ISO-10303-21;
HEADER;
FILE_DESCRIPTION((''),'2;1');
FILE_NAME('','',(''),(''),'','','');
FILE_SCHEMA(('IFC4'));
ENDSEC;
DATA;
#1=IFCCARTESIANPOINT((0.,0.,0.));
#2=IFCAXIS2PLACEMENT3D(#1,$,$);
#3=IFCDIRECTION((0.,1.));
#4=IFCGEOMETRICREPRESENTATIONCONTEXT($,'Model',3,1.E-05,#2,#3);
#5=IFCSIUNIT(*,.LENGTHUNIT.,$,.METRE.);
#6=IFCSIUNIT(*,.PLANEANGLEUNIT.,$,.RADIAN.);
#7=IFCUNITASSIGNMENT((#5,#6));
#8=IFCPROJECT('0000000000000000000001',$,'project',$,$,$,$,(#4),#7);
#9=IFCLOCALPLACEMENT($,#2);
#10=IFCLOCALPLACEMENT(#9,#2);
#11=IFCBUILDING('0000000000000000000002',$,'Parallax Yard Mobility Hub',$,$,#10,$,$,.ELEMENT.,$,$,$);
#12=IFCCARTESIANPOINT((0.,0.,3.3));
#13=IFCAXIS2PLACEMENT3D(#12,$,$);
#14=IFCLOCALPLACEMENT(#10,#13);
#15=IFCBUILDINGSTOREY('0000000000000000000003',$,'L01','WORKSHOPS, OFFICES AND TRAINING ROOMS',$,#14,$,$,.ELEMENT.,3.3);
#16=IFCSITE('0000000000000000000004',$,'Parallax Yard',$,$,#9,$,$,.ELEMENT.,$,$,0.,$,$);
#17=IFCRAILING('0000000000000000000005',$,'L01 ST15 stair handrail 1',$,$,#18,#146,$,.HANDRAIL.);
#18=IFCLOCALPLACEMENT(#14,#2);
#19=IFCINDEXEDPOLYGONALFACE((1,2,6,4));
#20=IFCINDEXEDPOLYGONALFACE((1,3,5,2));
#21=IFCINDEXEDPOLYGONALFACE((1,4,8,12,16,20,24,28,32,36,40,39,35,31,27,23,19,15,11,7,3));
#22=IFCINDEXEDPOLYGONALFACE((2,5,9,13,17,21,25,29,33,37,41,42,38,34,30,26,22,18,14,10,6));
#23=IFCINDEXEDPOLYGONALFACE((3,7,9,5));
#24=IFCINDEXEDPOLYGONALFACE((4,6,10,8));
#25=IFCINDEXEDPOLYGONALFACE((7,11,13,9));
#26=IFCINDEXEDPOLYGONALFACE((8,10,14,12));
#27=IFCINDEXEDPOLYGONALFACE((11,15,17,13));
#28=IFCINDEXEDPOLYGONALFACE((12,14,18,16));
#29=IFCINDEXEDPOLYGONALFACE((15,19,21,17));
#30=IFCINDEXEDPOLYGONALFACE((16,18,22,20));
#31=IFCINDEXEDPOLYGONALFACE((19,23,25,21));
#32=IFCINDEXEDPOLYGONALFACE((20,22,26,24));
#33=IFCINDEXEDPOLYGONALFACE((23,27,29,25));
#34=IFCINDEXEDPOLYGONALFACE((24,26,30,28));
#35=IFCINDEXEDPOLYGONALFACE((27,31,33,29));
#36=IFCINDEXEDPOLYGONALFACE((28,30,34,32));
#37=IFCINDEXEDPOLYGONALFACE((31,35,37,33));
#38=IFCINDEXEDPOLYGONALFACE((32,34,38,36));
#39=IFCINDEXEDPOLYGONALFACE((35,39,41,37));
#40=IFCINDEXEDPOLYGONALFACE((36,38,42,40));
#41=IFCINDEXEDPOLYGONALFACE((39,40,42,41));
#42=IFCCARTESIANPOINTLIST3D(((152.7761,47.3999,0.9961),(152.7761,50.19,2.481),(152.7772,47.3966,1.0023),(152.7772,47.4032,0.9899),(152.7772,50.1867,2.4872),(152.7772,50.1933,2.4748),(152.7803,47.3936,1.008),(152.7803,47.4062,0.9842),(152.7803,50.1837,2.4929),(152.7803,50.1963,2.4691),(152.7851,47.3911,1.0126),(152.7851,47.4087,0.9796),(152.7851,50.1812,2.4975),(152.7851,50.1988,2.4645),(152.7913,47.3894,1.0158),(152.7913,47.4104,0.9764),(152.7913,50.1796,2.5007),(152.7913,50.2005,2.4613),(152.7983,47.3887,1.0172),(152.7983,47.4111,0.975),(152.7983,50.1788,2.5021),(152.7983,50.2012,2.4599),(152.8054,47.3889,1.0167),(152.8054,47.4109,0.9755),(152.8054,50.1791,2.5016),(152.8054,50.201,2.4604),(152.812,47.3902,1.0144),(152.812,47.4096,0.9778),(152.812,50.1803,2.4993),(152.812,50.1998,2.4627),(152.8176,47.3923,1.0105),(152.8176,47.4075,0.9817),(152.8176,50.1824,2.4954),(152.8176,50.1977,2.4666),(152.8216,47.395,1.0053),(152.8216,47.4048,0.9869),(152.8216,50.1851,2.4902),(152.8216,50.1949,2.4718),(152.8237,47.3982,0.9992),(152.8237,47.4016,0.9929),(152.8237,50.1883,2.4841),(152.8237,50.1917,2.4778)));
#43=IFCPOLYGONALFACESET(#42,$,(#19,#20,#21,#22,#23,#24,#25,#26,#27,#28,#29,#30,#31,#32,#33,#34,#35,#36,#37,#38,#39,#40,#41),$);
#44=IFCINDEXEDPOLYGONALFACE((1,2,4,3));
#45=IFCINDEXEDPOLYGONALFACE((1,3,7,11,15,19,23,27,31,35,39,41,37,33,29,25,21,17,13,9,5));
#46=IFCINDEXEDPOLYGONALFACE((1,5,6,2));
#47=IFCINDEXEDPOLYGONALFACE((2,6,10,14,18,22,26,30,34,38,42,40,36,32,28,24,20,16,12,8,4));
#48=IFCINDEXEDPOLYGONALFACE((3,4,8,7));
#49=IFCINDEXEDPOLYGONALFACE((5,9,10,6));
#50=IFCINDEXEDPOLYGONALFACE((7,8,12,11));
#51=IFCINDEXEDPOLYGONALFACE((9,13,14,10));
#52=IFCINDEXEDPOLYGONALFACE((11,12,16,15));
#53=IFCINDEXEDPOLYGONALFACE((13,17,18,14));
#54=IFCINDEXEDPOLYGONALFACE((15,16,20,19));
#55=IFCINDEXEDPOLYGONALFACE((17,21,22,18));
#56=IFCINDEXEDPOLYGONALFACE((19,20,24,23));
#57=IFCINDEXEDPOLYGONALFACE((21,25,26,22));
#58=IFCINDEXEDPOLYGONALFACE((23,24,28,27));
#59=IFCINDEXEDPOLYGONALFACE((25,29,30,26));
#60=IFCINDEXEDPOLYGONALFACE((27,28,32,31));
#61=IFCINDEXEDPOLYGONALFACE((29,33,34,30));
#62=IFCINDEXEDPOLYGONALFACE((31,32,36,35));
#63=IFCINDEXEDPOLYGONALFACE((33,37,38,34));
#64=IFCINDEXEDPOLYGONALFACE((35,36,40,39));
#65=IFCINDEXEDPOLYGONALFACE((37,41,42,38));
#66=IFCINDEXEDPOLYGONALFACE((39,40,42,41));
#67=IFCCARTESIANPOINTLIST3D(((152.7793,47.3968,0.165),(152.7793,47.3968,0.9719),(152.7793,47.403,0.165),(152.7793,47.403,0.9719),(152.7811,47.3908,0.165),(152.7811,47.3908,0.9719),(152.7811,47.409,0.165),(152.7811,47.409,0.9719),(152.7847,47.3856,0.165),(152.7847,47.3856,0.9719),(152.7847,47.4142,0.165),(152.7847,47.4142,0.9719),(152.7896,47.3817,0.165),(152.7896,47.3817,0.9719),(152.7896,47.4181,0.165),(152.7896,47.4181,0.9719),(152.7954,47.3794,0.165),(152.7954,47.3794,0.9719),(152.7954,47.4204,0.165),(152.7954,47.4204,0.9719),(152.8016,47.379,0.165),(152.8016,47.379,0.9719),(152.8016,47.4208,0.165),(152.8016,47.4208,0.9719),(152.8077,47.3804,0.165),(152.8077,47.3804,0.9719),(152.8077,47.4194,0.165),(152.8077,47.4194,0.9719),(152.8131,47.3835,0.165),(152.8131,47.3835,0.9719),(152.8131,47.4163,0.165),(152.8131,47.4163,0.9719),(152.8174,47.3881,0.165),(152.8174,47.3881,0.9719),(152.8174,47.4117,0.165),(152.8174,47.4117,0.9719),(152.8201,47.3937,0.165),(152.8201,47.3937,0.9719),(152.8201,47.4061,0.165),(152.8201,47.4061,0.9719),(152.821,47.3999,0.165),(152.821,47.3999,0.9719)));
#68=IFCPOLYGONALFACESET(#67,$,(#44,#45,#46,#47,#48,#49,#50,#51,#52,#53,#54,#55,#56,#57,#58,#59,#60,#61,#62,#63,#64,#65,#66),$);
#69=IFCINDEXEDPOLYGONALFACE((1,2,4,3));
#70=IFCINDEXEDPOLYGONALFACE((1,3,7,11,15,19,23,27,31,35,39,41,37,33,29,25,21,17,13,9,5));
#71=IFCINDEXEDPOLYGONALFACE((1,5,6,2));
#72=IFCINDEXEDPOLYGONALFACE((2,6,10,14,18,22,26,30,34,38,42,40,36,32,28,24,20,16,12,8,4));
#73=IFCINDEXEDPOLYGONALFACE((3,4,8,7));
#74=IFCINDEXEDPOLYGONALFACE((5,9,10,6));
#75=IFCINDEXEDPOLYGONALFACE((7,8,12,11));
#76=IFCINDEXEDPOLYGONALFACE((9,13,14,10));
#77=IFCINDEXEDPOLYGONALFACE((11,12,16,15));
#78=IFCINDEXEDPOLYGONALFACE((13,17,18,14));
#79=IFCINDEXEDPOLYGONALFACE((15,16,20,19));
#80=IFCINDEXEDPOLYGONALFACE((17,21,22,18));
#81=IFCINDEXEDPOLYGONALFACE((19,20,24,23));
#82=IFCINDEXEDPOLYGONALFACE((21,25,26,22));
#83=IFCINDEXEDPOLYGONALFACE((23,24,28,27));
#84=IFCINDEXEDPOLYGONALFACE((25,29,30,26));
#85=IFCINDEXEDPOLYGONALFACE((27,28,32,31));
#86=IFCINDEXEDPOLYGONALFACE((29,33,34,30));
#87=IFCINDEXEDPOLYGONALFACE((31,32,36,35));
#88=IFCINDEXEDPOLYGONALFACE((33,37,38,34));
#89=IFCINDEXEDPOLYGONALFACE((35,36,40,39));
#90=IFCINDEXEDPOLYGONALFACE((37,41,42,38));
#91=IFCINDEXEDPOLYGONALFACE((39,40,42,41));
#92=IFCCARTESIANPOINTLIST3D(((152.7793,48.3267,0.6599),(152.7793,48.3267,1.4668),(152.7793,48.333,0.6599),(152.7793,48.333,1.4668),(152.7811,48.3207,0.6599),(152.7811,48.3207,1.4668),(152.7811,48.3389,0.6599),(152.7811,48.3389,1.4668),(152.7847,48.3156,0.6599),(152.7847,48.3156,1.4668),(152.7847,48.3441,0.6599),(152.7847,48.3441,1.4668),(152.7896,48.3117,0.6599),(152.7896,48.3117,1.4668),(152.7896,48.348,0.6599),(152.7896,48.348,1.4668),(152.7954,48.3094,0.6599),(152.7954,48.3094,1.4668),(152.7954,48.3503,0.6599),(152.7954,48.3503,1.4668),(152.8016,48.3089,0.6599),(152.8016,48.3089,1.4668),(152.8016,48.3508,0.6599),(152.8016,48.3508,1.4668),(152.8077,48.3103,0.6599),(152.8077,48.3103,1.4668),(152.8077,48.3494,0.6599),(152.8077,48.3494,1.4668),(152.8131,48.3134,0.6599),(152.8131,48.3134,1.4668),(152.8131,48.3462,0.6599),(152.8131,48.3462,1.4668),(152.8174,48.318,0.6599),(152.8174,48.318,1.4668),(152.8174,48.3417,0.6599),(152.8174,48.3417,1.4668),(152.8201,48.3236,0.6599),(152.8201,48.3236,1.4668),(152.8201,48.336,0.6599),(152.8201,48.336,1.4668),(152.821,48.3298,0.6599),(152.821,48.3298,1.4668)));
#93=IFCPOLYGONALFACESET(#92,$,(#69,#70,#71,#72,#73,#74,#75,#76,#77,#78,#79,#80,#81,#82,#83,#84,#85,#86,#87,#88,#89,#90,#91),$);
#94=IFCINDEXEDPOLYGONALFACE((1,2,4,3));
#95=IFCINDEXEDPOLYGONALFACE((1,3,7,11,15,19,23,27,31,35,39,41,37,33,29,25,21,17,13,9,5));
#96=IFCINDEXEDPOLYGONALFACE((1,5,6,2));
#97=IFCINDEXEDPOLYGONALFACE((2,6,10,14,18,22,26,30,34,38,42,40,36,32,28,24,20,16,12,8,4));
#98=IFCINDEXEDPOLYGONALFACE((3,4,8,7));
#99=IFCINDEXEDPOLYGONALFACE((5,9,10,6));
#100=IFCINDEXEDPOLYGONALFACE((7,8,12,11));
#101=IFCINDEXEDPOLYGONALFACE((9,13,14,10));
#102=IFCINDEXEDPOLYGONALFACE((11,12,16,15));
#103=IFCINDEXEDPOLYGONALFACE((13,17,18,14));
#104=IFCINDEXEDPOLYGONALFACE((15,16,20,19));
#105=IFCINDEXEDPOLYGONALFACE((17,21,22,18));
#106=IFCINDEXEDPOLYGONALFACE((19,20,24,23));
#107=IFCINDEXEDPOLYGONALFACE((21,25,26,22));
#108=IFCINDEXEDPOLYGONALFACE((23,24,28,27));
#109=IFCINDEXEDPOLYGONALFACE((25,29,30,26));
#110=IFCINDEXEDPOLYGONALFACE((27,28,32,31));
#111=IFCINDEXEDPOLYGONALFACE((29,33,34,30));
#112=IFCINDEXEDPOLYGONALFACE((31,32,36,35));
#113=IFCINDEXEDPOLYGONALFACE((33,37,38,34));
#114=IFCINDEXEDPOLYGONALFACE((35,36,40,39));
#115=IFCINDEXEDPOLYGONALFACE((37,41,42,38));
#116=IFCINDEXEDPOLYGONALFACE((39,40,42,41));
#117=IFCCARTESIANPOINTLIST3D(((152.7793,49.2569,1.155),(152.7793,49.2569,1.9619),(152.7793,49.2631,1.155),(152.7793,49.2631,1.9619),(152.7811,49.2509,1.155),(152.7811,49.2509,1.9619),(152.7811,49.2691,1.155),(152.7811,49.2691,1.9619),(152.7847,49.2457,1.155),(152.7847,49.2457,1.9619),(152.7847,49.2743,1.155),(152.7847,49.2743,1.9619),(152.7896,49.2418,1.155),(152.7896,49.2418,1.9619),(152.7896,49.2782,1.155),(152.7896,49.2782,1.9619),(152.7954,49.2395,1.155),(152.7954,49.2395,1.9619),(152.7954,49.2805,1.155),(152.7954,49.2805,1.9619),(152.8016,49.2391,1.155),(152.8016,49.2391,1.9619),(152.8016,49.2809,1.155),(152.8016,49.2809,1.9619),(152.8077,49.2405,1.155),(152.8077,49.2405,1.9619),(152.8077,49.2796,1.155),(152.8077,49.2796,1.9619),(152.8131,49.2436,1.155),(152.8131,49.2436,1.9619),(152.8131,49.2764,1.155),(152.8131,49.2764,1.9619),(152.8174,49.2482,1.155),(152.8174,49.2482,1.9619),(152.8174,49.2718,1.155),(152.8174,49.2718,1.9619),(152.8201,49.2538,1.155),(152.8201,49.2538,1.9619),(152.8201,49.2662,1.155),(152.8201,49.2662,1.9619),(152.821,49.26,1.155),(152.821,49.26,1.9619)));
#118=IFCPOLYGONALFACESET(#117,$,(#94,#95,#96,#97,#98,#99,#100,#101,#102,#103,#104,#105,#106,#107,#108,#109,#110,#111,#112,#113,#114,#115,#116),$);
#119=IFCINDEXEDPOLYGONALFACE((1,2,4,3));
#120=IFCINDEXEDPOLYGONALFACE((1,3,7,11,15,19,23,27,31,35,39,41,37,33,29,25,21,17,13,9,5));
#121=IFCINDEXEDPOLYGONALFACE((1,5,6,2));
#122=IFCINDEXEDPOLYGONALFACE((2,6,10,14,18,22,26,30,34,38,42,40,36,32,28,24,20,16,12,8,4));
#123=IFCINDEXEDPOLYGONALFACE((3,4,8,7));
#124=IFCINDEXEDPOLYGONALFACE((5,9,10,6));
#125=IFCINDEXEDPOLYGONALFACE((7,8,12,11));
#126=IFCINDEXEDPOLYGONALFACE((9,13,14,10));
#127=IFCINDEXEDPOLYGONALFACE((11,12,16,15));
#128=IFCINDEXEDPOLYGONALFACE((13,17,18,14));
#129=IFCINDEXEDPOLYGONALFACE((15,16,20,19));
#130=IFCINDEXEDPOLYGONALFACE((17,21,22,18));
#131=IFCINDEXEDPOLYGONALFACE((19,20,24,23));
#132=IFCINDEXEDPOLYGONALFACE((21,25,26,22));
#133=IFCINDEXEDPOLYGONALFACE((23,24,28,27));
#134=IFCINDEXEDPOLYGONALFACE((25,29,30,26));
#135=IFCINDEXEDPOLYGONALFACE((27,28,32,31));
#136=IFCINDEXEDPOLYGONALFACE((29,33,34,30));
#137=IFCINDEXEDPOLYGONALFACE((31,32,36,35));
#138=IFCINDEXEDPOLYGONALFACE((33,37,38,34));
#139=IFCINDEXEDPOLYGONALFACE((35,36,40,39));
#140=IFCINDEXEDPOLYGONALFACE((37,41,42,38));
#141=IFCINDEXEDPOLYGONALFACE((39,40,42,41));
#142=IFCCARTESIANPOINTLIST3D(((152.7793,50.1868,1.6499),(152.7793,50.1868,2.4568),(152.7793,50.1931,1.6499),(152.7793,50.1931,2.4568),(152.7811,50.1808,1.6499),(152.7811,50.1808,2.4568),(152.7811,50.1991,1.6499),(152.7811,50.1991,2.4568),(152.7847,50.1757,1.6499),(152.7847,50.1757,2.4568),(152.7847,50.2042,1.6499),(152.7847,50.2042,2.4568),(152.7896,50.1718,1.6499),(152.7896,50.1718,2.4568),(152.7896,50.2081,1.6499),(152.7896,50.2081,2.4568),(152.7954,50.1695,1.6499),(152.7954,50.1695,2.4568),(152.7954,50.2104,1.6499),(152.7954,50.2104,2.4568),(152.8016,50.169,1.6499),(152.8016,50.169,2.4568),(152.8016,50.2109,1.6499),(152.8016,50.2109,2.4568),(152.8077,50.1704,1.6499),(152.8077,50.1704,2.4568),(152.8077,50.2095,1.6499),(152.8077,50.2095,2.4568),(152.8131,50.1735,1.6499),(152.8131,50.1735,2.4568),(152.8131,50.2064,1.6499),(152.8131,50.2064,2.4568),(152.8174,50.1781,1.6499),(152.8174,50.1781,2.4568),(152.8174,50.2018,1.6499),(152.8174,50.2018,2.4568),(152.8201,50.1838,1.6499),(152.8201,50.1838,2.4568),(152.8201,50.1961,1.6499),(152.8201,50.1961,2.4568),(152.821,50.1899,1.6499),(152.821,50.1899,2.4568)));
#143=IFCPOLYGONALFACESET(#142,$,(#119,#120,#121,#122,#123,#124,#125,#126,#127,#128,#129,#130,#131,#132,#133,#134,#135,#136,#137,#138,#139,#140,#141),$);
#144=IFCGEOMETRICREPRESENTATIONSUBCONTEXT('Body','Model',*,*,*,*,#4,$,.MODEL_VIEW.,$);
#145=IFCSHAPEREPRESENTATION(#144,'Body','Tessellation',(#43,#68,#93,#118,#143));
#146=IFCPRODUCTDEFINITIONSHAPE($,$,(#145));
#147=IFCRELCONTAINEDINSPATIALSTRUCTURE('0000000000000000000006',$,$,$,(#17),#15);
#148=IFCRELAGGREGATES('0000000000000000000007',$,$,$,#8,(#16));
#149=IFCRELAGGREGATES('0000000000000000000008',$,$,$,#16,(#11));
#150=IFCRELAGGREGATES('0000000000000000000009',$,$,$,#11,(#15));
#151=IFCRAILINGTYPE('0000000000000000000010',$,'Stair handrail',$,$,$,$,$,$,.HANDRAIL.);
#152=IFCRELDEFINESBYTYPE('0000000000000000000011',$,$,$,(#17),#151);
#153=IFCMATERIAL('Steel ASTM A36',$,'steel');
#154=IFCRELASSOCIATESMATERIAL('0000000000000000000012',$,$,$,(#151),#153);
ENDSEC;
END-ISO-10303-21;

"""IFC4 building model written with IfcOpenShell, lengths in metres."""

from ifc_helpers import new_model, si_unit, direction, frame, origin, origin_2d, place, context, subcontext, project, spatial, circle, extrude, material, type_object, element, save


model = new_model("IFC4")

# Units and contexts
model_context = context("Model", 3, precision=1e-05, world=origin(), true_north=direction((0.0, 1.0)))
body_context = subcontext(model_context, "Body", "Model", "MODEL_VIEW")
ifc_project = project(units=[si_unit("LENGTHUNIT", "METRE"), si_unit("PLANEANGLEUNIT", "RADIAN")], contexts=[model_context])

# Site, building, storey
site_placement = place(None, origin())
site = spatial("IfcSite", under=ifc_project, at=site_placement, Name="Parallax Yard", CompositionType="ELEMENT", RefElevation=0.0)
building_placement = place(site_placement, origin())
building = spatial("IfcBuilding", under=site, at=building_placement, Name="Parallax Yard Mobility Hub", CompositionType="ELEMENT")
storey_placement = place(building_placement, frame((0.0, 0.0, 3.3)))
storey = spatial("IfcBuildingStorey", under=building, at=storey_placement, Name="L01", Description="WORKSHOPS, OFFICES AND TRAINING ROOMS", CompositionType="ELEMENT", Elevation=3.3)

# Railing
ifc_material_1 = material(Name="Steel ASTM A36", Category="steel")
railing_type_1 = type_object("IfcRailingType", Name="Stair handrail", PredefinedType="HANDRAIL", material=ifc_material_1)
railing_1_placement = place(storey_placement, frame((152.8, 47.3999, 0.165)))
element("IfcRailing", 1, at=railing_1_placement, inside=storey, type_object=railing_type_1, Name="L01 ST15 stair handrail 1", PredefinedType="HANDRAIL", context=body_context, shape_type="SweptSolid", body=[
    extrude(circle(Radius=0.0239, at=origin_2d()), frame((0.0, 0.0, 0.8311), z_axis=(0.0, 0.882767, 0.46981), x_axis=(-1.0, 0.0, 0.0)), (0.0, 0.0, 1.0), 3.1606),
    extrude(circle(Radius=0.021, at=origin_2d()), origin(), (0.0, 0.0, 1.0), 0.8069),
    extrude(circle(Radius=0.021, at=origin_2d()), frame((0.0, 0.9299, 0.4949)), (0.0, 0.0, 1.0), 0.8069),
    extrude(circle(Radius=0.021, at=origin_2d()), frame((0.0, 1.8601, 0.99)), (0.0, 0.0, 1.0), 0.8069),
    extrude(circle(Radius=0.021, at=origin_2d()), frame((0.0, 2.79, 1.4849)), (0.0, 0.0, 1.0), 0.8069),
])

save(model, "model.ifc")
